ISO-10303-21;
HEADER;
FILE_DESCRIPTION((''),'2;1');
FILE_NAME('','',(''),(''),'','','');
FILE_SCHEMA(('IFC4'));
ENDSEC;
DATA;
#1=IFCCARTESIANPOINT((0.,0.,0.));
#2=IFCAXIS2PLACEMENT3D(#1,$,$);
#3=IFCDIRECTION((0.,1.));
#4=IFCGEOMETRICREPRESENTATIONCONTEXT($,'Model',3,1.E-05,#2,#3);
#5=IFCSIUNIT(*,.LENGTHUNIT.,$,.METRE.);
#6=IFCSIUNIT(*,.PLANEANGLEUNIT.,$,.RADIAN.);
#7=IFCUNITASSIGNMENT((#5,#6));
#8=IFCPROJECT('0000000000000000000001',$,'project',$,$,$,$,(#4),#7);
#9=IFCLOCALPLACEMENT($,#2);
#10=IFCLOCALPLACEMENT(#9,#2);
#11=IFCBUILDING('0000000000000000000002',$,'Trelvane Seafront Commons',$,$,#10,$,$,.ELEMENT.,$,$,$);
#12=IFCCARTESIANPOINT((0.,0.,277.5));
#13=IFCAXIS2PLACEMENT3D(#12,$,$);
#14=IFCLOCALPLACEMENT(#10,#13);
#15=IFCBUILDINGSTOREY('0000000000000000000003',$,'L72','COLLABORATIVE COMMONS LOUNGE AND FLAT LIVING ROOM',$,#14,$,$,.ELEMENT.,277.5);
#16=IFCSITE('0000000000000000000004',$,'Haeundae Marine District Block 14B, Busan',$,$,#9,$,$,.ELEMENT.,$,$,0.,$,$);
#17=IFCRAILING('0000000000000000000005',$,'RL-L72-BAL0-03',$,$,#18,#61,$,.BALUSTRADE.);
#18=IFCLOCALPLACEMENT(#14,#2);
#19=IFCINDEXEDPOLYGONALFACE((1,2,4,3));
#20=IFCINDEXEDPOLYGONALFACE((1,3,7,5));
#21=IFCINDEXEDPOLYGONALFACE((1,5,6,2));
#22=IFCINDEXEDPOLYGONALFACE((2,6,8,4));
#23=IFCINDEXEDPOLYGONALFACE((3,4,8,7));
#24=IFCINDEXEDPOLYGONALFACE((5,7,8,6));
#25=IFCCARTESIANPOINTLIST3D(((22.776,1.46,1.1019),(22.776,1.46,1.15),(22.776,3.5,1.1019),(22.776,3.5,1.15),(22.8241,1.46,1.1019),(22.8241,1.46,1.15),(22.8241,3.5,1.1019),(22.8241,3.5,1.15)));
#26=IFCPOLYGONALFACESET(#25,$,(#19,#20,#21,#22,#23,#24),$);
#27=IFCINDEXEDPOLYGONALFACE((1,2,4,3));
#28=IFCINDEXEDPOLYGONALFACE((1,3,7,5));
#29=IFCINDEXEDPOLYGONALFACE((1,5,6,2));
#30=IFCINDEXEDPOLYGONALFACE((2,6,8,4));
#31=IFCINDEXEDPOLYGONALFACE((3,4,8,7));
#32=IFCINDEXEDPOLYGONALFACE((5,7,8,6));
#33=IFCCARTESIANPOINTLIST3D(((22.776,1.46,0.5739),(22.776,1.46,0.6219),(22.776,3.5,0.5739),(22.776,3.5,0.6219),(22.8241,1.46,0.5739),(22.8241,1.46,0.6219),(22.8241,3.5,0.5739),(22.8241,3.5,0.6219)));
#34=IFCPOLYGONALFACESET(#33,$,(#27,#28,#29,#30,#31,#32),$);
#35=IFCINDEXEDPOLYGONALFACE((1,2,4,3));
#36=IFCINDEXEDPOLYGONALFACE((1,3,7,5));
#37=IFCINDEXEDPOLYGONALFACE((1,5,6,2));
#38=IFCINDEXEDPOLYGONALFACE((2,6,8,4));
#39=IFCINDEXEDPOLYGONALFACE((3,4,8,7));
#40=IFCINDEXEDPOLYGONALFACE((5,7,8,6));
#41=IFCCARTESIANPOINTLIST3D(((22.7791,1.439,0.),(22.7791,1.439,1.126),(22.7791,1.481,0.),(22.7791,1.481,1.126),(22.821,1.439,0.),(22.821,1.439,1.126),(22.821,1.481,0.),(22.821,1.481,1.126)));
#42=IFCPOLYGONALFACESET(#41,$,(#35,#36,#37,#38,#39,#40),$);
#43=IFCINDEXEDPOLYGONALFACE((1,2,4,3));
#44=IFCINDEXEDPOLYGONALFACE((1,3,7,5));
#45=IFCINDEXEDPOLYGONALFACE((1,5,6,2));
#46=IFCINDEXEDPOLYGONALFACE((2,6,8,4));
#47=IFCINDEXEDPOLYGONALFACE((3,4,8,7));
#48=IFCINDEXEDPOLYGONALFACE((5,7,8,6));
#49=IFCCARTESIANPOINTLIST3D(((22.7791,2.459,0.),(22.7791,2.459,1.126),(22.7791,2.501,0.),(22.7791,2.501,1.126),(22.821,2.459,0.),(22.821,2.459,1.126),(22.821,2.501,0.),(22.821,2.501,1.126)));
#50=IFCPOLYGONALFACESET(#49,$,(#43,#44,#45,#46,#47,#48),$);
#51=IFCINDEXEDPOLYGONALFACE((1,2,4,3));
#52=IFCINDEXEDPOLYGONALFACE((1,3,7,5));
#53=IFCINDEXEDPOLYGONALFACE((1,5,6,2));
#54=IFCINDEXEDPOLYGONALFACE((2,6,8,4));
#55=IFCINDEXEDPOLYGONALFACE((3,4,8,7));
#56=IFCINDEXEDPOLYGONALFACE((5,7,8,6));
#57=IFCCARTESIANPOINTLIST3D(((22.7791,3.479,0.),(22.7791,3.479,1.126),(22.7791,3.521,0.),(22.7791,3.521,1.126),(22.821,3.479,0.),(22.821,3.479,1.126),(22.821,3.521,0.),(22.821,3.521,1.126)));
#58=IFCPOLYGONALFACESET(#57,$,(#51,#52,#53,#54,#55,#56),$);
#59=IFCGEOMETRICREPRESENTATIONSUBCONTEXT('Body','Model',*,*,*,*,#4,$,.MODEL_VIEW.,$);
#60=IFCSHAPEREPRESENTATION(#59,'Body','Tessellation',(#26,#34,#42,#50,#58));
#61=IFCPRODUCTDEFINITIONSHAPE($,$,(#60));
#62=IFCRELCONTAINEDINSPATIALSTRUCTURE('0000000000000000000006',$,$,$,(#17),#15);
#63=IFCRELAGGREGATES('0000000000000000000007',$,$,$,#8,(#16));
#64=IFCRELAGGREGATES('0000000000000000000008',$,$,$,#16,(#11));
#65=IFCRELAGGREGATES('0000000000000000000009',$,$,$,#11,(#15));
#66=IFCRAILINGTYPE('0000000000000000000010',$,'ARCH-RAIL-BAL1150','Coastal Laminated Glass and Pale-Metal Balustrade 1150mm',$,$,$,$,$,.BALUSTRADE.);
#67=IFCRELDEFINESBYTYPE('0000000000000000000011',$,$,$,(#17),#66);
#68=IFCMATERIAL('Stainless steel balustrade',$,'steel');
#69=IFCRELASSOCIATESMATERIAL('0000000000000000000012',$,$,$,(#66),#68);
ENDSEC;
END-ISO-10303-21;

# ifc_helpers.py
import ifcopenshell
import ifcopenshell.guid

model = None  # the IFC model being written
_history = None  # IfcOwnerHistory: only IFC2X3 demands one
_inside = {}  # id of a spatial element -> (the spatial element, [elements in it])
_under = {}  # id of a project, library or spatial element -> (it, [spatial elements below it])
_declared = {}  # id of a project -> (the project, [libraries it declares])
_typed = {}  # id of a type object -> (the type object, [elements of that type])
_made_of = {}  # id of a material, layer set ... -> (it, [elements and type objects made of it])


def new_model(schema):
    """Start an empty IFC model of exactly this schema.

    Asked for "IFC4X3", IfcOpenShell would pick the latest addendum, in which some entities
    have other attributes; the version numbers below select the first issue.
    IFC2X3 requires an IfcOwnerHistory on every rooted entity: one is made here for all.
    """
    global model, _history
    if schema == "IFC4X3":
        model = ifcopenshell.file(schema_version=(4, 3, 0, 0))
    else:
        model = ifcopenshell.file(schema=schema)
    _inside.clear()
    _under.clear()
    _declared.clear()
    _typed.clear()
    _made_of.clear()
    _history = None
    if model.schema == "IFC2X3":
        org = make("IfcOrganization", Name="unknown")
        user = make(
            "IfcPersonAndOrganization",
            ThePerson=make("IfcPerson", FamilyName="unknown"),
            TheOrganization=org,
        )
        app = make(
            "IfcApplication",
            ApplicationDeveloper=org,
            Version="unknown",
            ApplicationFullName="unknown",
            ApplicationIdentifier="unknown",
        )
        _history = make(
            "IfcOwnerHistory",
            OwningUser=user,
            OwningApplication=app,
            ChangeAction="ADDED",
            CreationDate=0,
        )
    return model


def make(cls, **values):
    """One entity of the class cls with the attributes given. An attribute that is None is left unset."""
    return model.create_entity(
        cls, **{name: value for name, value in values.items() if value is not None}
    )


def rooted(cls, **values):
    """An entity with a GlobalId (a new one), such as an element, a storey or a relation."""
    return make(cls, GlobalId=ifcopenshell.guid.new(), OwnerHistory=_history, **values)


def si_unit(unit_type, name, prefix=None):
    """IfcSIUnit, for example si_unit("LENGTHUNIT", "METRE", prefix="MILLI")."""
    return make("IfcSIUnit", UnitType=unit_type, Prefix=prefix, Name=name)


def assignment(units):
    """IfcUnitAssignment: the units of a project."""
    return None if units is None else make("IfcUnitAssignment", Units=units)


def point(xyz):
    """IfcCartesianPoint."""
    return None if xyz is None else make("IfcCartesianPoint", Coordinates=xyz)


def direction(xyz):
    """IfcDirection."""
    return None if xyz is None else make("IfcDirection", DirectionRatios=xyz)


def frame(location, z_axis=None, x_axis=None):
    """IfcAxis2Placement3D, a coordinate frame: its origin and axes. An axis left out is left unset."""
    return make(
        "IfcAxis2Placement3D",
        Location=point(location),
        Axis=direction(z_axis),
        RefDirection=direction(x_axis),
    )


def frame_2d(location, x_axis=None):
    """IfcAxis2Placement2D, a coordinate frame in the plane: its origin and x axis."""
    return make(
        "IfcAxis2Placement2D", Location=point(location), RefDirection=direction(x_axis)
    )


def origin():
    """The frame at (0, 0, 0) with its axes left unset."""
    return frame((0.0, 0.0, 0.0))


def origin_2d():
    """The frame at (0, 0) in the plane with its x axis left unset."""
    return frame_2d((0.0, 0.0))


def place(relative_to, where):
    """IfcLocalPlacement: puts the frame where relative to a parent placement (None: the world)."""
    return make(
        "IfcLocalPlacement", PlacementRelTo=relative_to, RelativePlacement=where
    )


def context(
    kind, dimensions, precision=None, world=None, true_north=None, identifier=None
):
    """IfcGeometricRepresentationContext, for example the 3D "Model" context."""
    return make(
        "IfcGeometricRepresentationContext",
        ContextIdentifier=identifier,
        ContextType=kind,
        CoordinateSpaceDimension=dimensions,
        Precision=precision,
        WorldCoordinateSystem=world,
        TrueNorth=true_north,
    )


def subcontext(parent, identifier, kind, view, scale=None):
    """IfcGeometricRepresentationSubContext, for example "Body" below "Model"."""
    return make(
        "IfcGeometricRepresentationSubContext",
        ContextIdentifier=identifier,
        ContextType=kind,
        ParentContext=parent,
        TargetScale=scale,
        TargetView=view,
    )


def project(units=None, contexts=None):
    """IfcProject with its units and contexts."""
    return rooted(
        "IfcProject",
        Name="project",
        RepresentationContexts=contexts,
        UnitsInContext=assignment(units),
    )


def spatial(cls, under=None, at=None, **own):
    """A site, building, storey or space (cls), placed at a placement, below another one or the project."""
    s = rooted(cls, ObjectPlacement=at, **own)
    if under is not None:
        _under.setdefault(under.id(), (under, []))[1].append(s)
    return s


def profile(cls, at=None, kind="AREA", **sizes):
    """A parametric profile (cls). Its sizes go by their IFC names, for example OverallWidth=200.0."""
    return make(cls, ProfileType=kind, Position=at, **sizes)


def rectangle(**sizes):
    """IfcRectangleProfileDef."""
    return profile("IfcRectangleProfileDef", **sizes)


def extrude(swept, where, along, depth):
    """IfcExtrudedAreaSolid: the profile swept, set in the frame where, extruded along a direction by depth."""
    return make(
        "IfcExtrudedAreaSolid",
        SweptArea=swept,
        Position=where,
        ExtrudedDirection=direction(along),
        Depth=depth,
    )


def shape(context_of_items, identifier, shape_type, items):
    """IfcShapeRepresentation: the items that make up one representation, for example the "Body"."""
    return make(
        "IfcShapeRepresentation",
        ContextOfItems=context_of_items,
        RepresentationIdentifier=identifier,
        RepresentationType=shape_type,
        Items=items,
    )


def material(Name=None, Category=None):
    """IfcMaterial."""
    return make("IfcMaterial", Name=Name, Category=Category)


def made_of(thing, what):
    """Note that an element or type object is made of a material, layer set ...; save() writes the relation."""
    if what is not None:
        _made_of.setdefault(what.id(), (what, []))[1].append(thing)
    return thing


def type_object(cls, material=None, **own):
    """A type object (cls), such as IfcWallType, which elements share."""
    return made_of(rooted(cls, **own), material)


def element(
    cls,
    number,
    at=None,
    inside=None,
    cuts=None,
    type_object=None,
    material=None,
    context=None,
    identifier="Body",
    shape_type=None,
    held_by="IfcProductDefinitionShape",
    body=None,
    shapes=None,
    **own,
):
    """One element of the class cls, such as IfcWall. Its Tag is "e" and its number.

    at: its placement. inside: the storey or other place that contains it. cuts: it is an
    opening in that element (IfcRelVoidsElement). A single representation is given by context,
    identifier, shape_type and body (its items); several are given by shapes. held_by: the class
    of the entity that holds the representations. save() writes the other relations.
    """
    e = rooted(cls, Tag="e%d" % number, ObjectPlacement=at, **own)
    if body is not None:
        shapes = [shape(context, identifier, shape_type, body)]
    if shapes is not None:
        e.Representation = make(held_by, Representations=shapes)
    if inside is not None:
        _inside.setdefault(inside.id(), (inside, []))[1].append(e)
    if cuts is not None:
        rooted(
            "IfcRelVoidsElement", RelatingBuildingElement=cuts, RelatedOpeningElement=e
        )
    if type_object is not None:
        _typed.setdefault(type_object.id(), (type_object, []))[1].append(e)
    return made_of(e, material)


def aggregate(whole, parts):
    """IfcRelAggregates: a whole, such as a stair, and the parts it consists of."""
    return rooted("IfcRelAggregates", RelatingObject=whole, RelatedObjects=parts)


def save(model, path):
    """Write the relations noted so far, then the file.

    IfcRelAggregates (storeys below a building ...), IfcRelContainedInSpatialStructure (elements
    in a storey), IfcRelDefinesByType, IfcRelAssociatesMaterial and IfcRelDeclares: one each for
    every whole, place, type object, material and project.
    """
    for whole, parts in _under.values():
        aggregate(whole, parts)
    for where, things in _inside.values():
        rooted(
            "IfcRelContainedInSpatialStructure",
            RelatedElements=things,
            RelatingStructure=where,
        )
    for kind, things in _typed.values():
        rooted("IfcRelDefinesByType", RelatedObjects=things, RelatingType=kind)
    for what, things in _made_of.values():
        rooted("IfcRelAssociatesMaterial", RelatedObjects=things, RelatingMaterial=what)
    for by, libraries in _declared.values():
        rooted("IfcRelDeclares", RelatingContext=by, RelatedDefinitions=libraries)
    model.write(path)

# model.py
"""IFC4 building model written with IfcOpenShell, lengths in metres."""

from ifc_helpers import new_model, si_unit, direction, frame, origin, origin_2d, place, context, subcontext, project, spatial, rectangle, extrude, material, type_object, element, save


model = new_model("IFC4")

# Units and contexts
model_context = context("Model", 3, precision=1e-05, world=origin(), true_north=direction((0.0, 1.0)))
body_context = subcontext(model_context, "Body", "Model", "MODEL_VIEW")
ifc_project = project(units=[si_unit("LENGTHUNIT", "METRE"), si_unit("PLANEANGLEUNIT", "RADIAN")], contexts=[model_context])

# Site, building, storey
site_placement = place(None, origin())
site = spatial("IfcSite", under=ifc_project, at=site_placement, Name="Haeundae Marine District Block 14B, Busan", CompositionType="ELEMENT", RefElevation=0.0)
building_placement = place(site_placement, origin())
building = spatial("IfcBuilding", under=site, at=building_placement, Name="Trelvane Seafront Commons", CompositionType="ELEMENT")
storey_placement = place(building_placement, frame((0.0, 0.0, 277.5)))
storey = spatial("IfcBuildingStorey", under=building, at=storey_placement, Name="L72", Description="COLLABORATIVE COMMONS LOUNGE AND FLAT LIVING ROOM", CompositionType="ELEMENT", Elevation=277.5)

# Railing
ifc_material_1 = material(Name="Stainless steel balustrade", Category="steel")
railing_type = type_object("IfcRailingType", Name="ARCH-RAIL-BAL1150", Description="Coastal Laminated Glass and Pale-Metal Balustrade 1150mm", PredefinedType="BALUSTRADE", material=ifc_material_1)
railing_1_placement = place(storey_placement, frame((22.8, 1.46, 0.0)))
element("IfcRailing", 1, at=railing_1_placement, inside=storey, type_object=railing_type, Name="RL-L72-BAL0-03", PredefinedType="BALUSTRADE", context=body_context, shape_type="SweptSolid", body=[
    extrude(rectangle(XDim=0.0481, YDim=0.0481, at=origin_2d()), frame((0.0, 0.0, 1.126), z_axis=(0.0, 1.0, 0.0), x_axis=(-1.0, 0.0, 0.0)), (0.0, 0.0, 1.0), 2.04),
    extrude(rectangle(XDim=0.0481, YDim=0.0481, at=origin_2d()), frame((0.0, 0.0, 0.5979), z_axis=(0.0, 1.0, 0.0), x_axis=(-1.0, 0.0, 0.0)), (0.0, 0.0, 1.0), 2.04),
    extrude(rectangle(XDim=0.042, YDim=0.042, at=origin_2d()), origin(), (0.0, 0.0, 1.0), 1.126),
    extrude(rectangle(XDim=0.042, YDim=0.042, at=origin_2d()), frame((0.0, 1.02, 0.0)), (0.0, 0.0, 1.0), 1.126),
    extrude(rectangle(XDim=0.042, YDim=0.042, at=origin_2d()), frame((0.0, 2.04, 0.0)), (0.0, 0.0, 1.0), 1.126),
])

save(model, "model.ifc")
